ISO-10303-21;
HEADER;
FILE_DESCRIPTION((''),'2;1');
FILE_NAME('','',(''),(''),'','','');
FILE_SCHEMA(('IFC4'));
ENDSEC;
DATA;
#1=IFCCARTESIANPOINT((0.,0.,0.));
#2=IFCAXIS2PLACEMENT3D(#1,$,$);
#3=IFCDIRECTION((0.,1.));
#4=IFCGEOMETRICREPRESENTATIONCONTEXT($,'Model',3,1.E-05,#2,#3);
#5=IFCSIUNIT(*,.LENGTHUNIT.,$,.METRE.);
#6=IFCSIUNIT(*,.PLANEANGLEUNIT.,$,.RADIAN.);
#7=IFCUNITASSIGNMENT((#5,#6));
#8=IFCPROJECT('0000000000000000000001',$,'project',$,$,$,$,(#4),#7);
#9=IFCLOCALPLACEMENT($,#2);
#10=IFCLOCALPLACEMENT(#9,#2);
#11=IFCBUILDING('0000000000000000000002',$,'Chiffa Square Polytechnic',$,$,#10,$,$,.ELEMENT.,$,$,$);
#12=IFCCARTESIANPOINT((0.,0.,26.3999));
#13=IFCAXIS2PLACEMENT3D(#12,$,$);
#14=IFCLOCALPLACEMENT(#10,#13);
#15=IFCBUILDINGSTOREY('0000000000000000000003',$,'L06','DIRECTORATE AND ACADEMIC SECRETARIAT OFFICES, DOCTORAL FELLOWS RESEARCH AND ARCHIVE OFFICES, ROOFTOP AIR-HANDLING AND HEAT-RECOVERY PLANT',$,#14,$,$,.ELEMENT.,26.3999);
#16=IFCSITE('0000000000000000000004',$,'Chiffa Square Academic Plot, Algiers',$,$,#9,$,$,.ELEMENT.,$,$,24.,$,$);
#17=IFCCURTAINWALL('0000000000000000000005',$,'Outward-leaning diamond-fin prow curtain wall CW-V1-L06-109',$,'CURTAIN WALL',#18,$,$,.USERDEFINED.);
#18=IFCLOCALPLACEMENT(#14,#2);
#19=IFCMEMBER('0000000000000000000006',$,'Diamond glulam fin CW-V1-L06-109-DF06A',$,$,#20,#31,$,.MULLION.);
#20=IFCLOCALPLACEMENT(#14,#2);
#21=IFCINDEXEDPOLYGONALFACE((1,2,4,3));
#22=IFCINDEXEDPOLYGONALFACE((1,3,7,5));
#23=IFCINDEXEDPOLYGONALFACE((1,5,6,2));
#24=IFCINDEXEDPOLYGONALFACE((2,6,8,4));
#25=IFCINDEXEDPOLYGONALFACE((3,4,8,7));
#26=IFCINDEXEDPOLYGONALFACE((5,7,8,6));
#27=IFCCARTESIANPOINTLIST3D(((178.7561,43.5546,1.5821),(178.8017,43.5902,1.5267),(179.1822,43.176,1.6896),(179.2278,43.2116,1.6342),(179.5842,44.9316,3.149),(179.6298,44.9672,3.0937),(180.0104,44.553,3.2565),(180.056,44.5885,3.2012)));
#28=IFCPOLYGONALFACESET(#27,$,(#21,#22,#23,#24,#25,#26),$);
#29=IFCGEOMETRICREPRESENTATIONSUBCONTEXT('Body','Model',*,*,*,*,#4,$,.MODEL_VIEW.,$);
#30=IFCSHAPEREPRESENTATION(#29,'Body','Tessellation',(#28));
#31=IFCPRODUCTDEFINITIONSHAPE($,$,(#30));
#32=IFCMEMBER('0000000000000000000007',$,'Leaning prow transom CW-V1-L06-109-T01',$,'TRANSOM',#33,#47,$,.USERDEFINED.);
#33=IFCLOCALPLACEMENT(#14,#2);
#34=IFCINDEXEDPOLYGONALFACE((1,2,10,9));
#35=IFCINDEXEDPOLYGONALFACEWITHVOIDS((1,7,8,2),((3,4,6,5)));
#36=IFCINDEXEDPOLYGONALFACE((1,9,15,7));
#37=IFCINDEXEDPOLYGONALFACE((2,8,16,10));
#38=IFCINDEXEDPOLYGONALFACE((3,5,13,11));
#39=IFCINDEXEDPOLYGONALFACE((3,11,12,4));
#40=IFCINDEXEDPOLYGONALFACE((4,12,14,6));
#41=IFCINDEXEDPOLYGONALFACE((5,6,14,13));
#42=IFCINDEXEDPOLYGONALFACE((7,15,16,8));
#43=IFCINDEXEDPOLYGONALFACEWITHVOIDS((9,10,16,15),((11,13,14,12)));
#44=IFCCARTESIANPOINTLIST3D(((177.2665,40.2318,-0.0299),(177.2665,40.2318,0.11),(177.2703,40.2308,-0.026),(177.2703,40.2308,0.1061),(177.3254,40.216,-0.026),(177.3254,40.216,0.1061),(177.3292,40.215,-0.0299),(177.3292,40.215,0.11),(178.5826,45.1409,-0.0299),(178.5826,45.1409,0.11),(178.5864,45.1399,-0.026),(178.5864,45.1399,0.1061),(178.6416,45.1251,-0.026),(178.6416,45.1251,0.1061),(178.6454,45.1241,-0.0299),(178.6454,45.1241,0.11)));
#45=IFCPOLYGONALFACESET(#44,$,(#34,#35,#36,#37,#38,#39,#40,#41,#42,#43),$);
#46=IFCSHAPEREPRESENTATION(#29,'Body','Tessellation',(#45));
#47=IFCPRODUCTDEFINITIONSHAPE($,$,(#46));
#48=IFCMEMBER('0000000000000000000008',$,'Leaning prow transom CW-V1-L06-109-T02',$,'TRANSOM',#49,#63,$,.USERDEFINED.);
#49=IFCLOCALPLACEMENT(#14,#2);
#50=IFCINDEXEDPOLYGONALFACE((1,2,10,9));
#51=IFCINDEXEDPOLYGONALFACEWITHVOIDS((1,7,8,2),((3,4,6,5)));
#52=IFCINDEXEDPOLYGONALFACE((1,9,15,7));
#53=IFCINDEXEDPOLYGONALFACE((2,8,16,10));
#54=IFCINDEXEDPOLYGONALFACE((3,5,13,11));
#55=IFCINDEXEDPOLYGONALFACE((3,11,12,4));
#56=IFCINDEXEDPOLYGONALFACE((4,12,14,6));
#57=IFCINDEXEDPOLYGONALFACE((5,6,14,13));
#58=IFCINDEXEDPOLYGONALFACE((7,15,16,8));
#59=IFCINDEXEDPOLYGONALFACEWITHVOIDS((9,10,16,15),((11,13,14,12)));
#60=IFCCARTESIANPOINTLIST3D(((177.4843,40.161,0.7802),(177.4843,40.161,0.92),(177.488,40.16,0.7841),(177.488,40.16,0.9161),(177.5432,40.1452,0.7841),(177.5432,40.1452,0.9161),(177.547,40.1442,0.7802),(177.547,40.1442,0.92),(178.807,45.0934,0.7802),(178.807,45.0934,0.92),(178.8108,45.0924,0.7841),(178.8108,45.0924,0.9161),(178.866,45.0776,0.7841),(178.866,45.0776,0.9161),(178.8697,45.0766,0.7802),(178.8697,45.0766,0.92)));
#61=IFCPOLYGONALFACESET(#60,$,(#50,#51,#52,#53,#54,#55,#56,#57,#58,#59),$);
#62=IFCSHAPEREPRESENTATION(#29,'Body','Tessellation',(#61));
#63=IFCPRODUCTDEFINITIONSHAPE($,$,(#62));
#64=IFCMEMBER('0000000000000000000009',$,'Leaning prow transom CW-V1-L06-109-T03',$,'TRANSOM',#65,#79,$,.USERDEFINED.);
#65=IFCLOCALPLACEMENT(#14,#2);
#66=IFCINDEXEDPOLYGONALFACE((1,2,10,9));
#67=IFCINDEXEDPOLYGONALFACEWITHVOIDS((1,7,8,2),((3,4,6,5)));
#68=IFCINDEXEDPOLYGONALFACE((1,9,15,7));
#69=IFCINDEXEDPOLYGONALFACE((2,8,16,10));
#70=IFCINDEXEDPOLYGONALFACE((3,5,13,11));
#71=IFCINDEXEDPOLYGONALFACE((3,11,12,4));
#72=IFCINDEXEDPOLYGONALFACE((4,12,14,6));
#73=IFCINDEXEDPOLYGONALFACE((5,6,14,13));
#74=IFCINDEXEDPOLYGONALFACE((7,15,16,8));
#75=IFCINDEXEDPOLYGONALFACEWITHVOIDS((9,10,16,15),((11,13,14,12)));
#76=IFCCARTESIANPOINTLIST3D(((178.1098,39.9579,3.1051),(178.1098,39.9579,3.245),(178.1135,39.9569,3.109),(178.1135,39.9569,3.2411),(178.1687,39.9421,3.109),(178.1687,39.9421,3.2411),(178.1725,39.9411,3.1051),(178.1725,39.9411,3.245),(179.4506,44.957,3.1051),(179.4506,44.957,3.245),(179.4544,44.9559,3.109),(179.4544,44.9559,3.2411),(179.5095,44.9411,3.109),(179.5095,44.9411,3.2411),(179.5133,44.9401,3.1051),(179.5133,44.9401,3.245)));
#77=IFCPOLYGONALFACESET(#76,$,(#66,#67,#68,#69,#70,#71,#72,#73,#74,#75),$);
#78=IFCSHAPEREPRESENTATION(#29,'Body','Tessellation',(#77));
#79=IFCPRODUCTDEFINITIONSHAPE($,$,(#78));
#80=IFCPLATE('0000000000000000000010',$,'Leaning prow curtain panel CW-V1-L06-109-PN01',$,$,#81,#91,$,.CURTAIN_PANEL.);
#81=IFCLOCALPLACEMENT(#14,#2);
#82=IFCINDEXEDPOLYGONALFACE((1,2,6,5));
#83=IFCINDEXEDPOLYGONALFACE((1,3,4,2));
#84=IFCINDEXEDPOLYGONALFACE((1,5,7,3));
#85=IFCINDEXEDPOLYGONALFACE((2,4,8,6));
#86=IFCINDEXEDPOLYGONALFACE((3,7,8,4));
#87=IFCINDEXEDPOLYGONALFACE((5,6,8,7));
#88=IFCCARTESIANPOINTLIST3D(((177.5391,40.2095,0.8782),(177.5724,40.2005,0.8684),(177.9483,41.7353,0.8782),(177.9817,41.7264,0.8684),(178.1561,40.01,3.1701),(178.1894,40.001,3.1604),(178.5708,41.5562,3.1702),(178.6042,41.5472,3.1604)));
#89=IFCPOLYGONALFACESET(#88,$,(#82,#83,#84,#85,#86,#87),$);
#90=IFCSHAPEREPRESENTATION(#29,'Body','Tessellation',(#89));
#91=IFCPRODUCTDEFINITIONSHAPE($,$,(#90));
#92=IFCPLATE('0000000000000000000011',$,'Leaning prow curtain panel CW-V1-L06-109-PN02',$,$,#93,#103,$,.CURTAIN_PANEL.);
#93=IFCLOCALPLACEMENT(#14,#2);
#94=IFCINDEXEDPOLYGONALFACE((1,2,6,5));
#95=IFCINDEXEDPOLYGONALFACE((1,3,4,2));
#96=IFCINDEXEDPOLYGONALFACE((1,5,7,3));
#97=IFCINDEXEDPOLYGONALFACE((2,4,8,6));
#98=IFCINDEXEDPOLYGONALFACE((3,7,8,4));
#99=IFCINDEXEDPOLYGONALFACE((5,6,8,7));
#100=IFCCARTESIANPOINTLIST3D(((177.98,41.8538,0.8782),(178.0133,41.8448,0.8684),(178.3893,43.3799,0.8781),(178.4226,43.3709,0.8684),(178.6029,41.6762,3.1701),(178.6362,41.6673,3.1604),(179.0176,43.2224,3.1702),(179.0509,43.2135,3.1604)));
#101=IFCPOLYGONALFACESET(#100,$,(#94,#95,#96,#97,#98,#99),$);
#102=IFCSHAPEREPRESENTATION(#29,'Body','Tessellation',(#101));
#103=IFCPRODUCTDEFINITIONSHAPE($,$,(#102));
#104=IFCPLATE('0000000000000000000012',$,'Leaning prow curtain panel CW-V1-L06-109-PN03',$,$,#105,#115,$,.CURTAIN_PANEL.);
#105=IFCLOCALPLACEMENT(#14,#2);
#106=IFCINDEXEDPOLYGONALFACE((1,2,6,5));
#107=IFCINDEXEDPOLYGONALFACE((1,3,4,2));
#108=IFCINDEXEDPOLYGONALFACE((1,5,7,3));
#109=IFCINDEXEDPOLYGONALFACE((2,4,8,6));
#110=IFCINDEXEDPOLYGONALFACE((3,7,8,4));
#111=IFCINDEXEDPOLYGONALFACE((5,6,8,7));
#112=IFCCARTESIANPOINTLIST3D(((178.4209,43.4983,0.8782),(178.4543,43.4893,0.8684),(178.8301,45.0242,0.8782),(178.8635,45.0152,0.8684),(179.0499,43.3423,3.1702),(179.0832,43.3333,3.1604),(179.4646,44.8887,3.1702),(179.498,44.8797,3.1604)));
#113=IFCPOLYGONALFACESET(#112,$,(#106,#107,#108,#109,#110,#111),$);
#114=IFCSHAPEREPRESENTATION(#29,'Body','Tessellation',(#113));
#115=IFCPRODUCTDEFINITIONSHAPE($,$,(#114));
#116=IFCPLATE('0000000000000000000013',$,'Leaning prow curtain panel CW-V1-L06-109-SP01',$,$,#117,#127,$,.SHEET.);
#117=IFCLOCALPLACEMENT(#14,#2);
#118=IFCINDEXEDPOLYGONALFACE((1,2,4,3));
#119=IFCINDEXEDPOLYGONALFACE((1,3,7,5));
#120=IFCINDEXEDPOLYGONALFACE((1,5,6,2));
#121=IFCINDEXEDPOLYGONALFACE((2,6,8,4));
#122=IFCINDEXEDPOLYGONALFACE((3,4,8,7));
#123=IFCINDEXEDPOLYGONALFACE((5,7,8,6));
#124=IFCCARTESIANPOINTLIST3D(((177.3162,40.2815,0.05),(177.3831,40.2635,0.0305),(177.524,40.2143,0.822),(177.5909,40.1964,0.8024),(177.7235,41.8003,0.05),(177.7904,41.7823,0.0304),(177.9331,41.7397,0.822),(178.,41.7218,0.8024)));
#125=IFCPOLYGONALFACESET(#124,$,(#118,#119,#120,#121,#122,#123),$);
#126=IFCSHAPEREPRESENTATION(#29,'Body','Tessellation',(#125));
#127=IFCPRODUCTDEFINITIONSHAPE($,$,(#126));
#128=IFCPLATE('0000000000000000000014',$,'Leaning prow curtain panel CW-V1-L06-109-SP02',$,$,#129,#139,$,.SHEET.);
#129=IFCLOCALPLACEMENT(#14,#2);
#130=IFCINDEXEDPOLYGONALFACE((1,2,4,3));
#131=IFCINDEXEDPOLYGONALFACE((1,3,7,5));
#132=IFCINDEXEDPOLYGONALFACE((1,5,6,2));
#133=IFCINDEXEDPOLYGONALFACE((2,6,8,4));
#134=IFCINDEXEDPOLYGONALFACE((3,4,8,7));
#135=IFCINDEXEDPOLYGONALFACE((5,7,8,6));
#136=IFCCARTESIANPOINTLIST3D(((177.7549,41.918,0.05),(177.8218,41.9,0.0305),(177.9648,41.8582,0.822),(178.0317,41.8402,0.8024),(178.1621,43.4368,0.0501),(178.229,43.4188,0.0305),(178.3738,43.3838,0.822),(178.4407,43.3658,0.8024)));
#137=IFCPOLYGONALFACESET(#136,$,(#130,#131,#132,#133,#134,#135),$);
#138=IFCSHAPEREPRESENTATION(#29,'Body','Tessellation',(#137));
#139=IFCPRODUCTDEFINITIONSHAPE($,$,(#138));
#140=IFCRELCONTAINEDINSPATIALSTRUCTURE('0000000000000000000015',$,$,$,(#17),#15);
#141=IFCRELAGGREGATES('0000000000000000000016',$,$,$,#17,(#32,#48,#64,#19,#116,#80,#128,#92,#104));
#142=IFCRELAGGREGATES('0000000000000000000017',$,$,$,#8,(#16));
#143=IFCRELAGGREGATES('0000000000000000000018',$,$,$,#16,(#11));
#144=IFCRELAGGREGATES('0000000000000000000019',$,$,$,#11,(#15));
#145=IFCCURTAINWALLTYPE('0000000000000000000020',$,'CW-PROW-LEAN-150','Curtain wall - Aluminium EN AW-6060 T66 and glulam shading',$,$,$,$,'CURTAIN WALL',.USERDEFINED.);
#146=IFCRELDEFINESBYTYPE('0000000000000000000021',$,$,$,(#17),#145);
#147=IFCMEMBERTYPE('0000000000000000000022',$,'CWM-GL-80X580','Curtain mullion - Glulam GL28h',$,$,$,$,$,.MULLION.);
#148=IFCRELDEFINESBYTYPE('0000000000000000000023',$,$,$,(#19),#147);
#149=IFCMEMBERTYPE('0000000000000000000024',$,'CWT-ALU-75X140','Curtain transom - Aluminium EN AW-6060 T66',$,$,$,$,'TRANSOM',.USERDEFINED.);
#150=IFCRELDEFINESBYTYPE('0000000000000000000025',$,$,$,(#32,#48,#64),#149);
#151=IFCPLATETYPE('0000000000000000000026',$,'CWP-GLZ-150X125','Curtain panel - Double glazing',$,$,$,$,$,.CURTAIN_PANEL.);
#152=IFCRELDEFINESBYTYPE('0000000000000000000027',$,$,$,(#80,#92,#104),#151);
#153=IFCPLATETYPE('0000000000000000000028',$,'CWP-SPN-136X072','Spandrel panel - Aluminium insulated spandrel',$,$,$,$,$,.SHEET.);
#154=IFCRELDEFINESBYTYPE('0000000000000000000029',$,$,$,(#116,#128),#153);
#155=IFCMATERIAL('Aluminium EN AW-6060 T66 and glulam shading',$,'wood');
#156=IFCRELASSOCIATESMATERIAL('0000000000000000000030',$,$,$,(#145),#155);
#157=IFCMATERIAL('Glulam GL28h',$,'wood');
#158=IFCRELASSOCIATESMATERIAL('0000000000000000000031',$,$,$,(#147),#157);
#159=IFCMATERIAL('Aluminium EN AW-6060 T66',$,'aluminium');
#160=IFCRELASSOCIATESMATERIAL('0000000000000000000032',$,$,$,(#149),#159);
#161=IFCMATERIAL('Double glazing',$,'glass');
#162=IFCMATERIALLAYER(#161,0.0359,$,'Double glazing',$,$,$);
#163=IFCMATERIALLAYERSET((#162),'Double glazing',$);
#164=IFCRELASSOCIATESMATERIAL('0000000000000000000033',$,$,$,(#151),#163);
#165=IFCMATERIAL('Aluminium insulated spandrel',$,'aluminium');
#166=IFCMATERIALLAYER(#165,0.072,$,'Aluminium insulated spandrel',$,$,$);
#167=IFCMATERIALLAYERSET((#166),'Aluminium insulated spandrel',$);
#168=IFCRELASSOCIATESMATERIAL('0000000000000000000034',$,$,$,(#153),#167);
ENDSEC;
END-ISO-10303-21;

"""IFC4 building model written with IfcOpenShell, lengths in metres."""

from ifc_helpers import new_model, si_unit, direction, frame, origin, origin_2d, place, context, subcontext, project, spatial, polyline, rectangle, hollow_rectangle, outline, extrude, material, layer, layer_set, material_profile, profile_set, type_object, element, aggregate, save


model = new_model("IFC4")

# Units and contexts
model_context = context("Model", 3, precision=1e-05, world=origin(), true_north=direction((0.0, 1.0)))
body_context = subcontext(model_context, "Body", "Model", "MODEL_VIEW")
ifc_project = project(units=[si_unit("LENGTHUNIT", "METRE"), si_unit("PLANEANGLEUNIT", "RADIAN")], contexts=[model_context])

# Site, building, storey
site_placement = place(None, origin())
site = spatial("IfcSite", under=ifc_project, at=site_placement, Name="Chiffa Square Academic Plot, Algiers", CompositionType="ELEMENT", RefElevation=24.0)
building_placement = place(site_placement, origin())
building = spatial("IfcBuilding", under=site, at=building_placement, Name="Chiffa Square Polytechnic", CompositionType="ELEMENT")
storey_placement = place(building_placement, frame((0.0, 0.0, 26.3999)))
storey = spatial("IfcBuildingStorey", under=building, at=storey_placement, Name="L06", Description="DIRECTORATE AND ACADEMIC SECRETARIAT OFFICES, DOCTORAL FELLOWS RESEARCH AND ARCHIVE OFFICES, ROOFTOP AIR-HANDLING AND HEAT-RECOVERY PLANT", CompositionType="ELEMENT", Elevation=26.3999)

# Curtain wall, members, plates
ifc_material_1 = material(Name="Aluminium EN AW-6060 T66 and glulam shading", Category="wood")
curtain_wall_type = type_object("IfcCurtainWallType", Name="CW-PROW-LEAN-150", Description="Curtain wall - Aluminium EN AW-6060 T66 and glulam shading", ElementType="CURTAIN WALL", PredefinedType="USERDEFINED", material=ifc_material_1)
curtain_wall_placement = place(storey_placement, origin())
curtain_wall = element("IfcCurtainWall", 1, at=curtain_wall_placement, inside=storey, type_object=curtain_wall_type, Name="Outward-leaning diamond-fin prow curtain wall CW-V1-L06-109", ObjectType="CURTAIN WALL", PredefinedType="USERDEFINED")
ifc_material_2 = material(Name="Aluminium EN AW-6060 T66", Category="aluminium")
ifc_material_3 = material(Name="Glulam GL28h", Category="wood")
ifc_material_profile_1 = material_profile(ifc_material_3, rectangle(XDim=0.0801, YDim=0.5801, at=origin_2d()), Name="GL28h 80x580")
ifc_profile_set_1 = profile_set([ifc_material_profile_1], Name="Glulam GL28h")
member_type_1 = type_object("IfcMemberType", Name="CWM-GL-80X580", Description="Curtain mullion - Glulam GL28h", PredefinedType="MULLION", material=ifc_profile_set_1)
member_1_placement = place(storey_placement, frame((178.9919, 43.3831, 1.6082), z_axis=(0.368988, 0.613529, 0.698162), x_axis=(-0.569361, -0.444515, 0.691545)))
member_1 = element("IfcMember", 2, at=member_1_placement, type_object=member_type_1, Name="Diamond glulam fin CW-V1-L06-109-DF06A", PredefinedType="MULLION", context=body_context, shape_type="SweptSolid", body=[
    extrude(rectangle(XDim=0.0801, YDim=0.5801, at=origin_2d()), origin(), (0.0, 0.0, 1.0), 2.2444),
])
ifc_material_profile_2 = material_profile(ifc_material_2, hollow_rectangle(XDim=0.0649, YDim=0.1399, WallThickness=0.0039, at=origin_2d()), Name="ALU 65x140x4")
ifc_profile_set_2 = profile_set([ifc_material_profile_2], Name="Aluminium EN AW-6060 T66")
member_type_2 = type_object("IfcMemberType", Name="CWT-ALU-75X140", Description="Curtain transom - Aluminium EN AW-6060 T66", ElementType="TRANSOM", PredefinedType="USERDEFINED", material=ifc_profile_set_2)
member_2_placement = place(storey_placement, frame((177.2979, 40.2234, 0.04), z_axis=(0.258957, 0.965889, 0.0), x_axis=(-0.965889, 0.258957, 0.0)))
member_2 = element("IfcMember", 3, at=member_2_placement, type_object=member_type_2, Name="Leaning prow transom CW-V1-L06-109-T01", ObjectType="TRANSOM", PredefinedType="USERDEFINED", context=body_context, shape_type="SweptSolid", body=[
    extrude(hollow_rectangle(XDim=0.0649, YDim=0.1399, WallThickness=0.0039, at=origin_2d()), origin(), (0.0, 0.0, 1.0), 5.0825),
])
member_3_placement = place(storey_placement, frame((177.5156, 40.1526, 0.8501), z_axis=(0.259025, 0.965871, 0.0), x_axis=(-0.965871, 0.259025, 0.0)))
member_3 = element("IfcMember", 4, at=member_3_placement, type_object=member_type_2, Name="Leaning prow transom CW-V1-L06-109-T02", ObjectType="TRANSOM", PredefinedType="USERDEFINED", context=body_context, shape_type="SweptSolid", body=[
    extrude(hollow_rectangle(XDim=0.0649, YDim=0.1399, WallThickness=0.0039, at=origin_2d()), origin(), (0.0, 0.0, 1.0), 5.1067),
])
member_4_placement = place(storey_placement, frame((178.1411, 39.9495, 3.175), z_axis=(0.25906, 0.965861, 0.0), x_axis=(-0.965861, 0.25906, 0.0)))
member_4 = element("IfcMember", 5, at=member_4_placement, type_object=member_type_2, Name="Leaning prow transom CW-V1-L06-109-T03", ObjectType="TRANSOM", PredefinedType="USERDEFINED", context=body_context, shape_type="SweptSolid", body=[
    extrude(hollow_rectangle(XDim=0.0649, YDim=0.1399, WallThickness=0.0039, at=origin_2d()), origin(), (0.0, 0.0, 1.0), 5.1758),
])
ifc_material_4 = material(Name="Double glazing", Category="glass")
ifc_layer_1 = layer(ifc_material_4, 0.0359, Name="Double glazing")
ifc_layer_set_1 = layer_set([ifc_layer_1], Name="Double glazing")
plate_type_1 = type_object("IfcPlateType", Name="CWP-GLZ-150X125", Description="Curtain panel - Double glazing", PredefinedType="CURTAIN_PANEL", material=ifc_layer_set_1)
plate_1_placement = place(storey_placement, frame((177.5391, 40.2095, 0.8782), z_axis=(-0.929467, 0.249301, 0.27192), x_axis=(0.259058, 0.965862, -0.000014)))
plate_1 = element("IfcPlate", 6, at=plate_1_placement, type_object=plate_type_1, Name="Leaning prow curtain panel CW-V1-L06-109-PN01", PredefinedType="CURTAIN_PANEL", context=body_context, shape_type="SweptSolid", body=[
    extrude(outline(polyline([(0.0, 0.0), (1.5798, 0.0), (1.568, -2.3818), (-0.0329, -2.3817), (0.0, 0.0)])), origin(), (0.0, 0.0, -1.0), 0.0359),
])
plate_2_placement = place(storey_placement, frame((177.98, 41.8538, 0.8782), z_axis=(-0.929472, 0.249282, 0.271919), x_axis=(0.259038, 0.965867, -0.00002)))
plate_2 = element("IfcPlate", 7, at=plate_2_placement, type_object=plate_type_1, Name="Leaning prow curtain panel CW-V1-L06-109-PN02", PredefinedType="CURTAIN_PANEL", context=body_context, shape_type="SweptSolid", body=[
    extrude(outline(polyline([(0.0, 0.0), (1.58, 0.0), (1.5907, -2.3818), (-0.0101, -2.3817), (0.0, 0.0)])), origin(), (0.0, 0.0, -1.0), 0.0359),
])
plate_3_placement = place(storey_placement, frame((178.4209, 43.4983, 0.8782), z_axis=(-0.929444, 0.249275, 0.272023), x_axis=(0.25904, 0.965866, -0.000009)))
plate_3 = element("IfcPlate", 8, at=plate_3_placement, type_object=plate_type_1, Name="Leaning prow curtain panel CW-V1-L06-109-PN03", PredefinedType="CURTAIN_PANEL", context=body_context, shape_type="SweptSolid", body=[
    extrude(outline(polyline([(0.0, 0.0), (1.5798, 0.0), (1.6133, -2.3818), (0.0122, -2.3818), (0.0, 0.0)])), origin(), (0.0, 0.0, -1.0), 0.0359),
])
ifc_material_5 = material(Name="Aluminium insulated spandrel", Category="aluminium")
ifc_layer_2 = layer(ifc_material_5, 0.072, Name="Aluminium insulated spandrel")
ifc_layer_set_2 = layer_set([ifc_layer_2], Name="Aluminium insulated spandrel")
plate_type_2 = type_object("IfcPlateType", Name="CWP-SPN-136X072", Description="Spandrel panel - Aluminium insulated spandrel", PredefinedType="SHEET", material=ifc_layer_set_2)
plate_4_placement = place(storey_placement, frame((177.3162, 40.2815, 0.05), z_axis=(-0.929469, 0.24927, 0.271942), x_axis=(0.259028, 0.96587, -0.000015)))
plate_4 = element("IfcPlate", 9, at=plate_4_placement, type_object=plate_type_2, Name="Leaning prow curtain panel CW-V1-L06-109-SP01", PredefinedType="SHEET", context=body_context, shape_type="SweptSolid", body=[
    extrude(outline(polyline([(0.0, 0.0), (1.5724, 0.0), (1.5683, -0.8022), (-0.011, -0.8022), (0.0, 0.0)])), origin(), (0.0, 0.0, -1.0), 0.072),
])
plate_5_placement = place(storey_placement, frame((177.7549, 41.918, 0.05), z_axis=(-0.929469, 0.249175, 0.272029), x_axis=(0.258943, 0.965893, 0.00001)))
plate_5 = element("IfcPlate", 10, at=plate_5_placement, type_object=plate_type_2, Name="Leaning prow curtain panel CW-V1-L06-109-SP02", PredefinedType="SHEET", context=body_context, shape_type="SweptSolid", body=[
    extrude(outline(polyline([(0.0, 0.0), (1.5724, 0.0), (1.5761, -0.8022), (-0.0034, -0.8022), (0.0, 0.0)])), origin(), (0.0, 0.0, -1.0), 0.072),
])
aggregate(curtain_wall, [member_2, member_3, member_4, member_1, plate_4, plate_1, plate_5, plate_2, plate_3])

save(model, "model.ifc")
